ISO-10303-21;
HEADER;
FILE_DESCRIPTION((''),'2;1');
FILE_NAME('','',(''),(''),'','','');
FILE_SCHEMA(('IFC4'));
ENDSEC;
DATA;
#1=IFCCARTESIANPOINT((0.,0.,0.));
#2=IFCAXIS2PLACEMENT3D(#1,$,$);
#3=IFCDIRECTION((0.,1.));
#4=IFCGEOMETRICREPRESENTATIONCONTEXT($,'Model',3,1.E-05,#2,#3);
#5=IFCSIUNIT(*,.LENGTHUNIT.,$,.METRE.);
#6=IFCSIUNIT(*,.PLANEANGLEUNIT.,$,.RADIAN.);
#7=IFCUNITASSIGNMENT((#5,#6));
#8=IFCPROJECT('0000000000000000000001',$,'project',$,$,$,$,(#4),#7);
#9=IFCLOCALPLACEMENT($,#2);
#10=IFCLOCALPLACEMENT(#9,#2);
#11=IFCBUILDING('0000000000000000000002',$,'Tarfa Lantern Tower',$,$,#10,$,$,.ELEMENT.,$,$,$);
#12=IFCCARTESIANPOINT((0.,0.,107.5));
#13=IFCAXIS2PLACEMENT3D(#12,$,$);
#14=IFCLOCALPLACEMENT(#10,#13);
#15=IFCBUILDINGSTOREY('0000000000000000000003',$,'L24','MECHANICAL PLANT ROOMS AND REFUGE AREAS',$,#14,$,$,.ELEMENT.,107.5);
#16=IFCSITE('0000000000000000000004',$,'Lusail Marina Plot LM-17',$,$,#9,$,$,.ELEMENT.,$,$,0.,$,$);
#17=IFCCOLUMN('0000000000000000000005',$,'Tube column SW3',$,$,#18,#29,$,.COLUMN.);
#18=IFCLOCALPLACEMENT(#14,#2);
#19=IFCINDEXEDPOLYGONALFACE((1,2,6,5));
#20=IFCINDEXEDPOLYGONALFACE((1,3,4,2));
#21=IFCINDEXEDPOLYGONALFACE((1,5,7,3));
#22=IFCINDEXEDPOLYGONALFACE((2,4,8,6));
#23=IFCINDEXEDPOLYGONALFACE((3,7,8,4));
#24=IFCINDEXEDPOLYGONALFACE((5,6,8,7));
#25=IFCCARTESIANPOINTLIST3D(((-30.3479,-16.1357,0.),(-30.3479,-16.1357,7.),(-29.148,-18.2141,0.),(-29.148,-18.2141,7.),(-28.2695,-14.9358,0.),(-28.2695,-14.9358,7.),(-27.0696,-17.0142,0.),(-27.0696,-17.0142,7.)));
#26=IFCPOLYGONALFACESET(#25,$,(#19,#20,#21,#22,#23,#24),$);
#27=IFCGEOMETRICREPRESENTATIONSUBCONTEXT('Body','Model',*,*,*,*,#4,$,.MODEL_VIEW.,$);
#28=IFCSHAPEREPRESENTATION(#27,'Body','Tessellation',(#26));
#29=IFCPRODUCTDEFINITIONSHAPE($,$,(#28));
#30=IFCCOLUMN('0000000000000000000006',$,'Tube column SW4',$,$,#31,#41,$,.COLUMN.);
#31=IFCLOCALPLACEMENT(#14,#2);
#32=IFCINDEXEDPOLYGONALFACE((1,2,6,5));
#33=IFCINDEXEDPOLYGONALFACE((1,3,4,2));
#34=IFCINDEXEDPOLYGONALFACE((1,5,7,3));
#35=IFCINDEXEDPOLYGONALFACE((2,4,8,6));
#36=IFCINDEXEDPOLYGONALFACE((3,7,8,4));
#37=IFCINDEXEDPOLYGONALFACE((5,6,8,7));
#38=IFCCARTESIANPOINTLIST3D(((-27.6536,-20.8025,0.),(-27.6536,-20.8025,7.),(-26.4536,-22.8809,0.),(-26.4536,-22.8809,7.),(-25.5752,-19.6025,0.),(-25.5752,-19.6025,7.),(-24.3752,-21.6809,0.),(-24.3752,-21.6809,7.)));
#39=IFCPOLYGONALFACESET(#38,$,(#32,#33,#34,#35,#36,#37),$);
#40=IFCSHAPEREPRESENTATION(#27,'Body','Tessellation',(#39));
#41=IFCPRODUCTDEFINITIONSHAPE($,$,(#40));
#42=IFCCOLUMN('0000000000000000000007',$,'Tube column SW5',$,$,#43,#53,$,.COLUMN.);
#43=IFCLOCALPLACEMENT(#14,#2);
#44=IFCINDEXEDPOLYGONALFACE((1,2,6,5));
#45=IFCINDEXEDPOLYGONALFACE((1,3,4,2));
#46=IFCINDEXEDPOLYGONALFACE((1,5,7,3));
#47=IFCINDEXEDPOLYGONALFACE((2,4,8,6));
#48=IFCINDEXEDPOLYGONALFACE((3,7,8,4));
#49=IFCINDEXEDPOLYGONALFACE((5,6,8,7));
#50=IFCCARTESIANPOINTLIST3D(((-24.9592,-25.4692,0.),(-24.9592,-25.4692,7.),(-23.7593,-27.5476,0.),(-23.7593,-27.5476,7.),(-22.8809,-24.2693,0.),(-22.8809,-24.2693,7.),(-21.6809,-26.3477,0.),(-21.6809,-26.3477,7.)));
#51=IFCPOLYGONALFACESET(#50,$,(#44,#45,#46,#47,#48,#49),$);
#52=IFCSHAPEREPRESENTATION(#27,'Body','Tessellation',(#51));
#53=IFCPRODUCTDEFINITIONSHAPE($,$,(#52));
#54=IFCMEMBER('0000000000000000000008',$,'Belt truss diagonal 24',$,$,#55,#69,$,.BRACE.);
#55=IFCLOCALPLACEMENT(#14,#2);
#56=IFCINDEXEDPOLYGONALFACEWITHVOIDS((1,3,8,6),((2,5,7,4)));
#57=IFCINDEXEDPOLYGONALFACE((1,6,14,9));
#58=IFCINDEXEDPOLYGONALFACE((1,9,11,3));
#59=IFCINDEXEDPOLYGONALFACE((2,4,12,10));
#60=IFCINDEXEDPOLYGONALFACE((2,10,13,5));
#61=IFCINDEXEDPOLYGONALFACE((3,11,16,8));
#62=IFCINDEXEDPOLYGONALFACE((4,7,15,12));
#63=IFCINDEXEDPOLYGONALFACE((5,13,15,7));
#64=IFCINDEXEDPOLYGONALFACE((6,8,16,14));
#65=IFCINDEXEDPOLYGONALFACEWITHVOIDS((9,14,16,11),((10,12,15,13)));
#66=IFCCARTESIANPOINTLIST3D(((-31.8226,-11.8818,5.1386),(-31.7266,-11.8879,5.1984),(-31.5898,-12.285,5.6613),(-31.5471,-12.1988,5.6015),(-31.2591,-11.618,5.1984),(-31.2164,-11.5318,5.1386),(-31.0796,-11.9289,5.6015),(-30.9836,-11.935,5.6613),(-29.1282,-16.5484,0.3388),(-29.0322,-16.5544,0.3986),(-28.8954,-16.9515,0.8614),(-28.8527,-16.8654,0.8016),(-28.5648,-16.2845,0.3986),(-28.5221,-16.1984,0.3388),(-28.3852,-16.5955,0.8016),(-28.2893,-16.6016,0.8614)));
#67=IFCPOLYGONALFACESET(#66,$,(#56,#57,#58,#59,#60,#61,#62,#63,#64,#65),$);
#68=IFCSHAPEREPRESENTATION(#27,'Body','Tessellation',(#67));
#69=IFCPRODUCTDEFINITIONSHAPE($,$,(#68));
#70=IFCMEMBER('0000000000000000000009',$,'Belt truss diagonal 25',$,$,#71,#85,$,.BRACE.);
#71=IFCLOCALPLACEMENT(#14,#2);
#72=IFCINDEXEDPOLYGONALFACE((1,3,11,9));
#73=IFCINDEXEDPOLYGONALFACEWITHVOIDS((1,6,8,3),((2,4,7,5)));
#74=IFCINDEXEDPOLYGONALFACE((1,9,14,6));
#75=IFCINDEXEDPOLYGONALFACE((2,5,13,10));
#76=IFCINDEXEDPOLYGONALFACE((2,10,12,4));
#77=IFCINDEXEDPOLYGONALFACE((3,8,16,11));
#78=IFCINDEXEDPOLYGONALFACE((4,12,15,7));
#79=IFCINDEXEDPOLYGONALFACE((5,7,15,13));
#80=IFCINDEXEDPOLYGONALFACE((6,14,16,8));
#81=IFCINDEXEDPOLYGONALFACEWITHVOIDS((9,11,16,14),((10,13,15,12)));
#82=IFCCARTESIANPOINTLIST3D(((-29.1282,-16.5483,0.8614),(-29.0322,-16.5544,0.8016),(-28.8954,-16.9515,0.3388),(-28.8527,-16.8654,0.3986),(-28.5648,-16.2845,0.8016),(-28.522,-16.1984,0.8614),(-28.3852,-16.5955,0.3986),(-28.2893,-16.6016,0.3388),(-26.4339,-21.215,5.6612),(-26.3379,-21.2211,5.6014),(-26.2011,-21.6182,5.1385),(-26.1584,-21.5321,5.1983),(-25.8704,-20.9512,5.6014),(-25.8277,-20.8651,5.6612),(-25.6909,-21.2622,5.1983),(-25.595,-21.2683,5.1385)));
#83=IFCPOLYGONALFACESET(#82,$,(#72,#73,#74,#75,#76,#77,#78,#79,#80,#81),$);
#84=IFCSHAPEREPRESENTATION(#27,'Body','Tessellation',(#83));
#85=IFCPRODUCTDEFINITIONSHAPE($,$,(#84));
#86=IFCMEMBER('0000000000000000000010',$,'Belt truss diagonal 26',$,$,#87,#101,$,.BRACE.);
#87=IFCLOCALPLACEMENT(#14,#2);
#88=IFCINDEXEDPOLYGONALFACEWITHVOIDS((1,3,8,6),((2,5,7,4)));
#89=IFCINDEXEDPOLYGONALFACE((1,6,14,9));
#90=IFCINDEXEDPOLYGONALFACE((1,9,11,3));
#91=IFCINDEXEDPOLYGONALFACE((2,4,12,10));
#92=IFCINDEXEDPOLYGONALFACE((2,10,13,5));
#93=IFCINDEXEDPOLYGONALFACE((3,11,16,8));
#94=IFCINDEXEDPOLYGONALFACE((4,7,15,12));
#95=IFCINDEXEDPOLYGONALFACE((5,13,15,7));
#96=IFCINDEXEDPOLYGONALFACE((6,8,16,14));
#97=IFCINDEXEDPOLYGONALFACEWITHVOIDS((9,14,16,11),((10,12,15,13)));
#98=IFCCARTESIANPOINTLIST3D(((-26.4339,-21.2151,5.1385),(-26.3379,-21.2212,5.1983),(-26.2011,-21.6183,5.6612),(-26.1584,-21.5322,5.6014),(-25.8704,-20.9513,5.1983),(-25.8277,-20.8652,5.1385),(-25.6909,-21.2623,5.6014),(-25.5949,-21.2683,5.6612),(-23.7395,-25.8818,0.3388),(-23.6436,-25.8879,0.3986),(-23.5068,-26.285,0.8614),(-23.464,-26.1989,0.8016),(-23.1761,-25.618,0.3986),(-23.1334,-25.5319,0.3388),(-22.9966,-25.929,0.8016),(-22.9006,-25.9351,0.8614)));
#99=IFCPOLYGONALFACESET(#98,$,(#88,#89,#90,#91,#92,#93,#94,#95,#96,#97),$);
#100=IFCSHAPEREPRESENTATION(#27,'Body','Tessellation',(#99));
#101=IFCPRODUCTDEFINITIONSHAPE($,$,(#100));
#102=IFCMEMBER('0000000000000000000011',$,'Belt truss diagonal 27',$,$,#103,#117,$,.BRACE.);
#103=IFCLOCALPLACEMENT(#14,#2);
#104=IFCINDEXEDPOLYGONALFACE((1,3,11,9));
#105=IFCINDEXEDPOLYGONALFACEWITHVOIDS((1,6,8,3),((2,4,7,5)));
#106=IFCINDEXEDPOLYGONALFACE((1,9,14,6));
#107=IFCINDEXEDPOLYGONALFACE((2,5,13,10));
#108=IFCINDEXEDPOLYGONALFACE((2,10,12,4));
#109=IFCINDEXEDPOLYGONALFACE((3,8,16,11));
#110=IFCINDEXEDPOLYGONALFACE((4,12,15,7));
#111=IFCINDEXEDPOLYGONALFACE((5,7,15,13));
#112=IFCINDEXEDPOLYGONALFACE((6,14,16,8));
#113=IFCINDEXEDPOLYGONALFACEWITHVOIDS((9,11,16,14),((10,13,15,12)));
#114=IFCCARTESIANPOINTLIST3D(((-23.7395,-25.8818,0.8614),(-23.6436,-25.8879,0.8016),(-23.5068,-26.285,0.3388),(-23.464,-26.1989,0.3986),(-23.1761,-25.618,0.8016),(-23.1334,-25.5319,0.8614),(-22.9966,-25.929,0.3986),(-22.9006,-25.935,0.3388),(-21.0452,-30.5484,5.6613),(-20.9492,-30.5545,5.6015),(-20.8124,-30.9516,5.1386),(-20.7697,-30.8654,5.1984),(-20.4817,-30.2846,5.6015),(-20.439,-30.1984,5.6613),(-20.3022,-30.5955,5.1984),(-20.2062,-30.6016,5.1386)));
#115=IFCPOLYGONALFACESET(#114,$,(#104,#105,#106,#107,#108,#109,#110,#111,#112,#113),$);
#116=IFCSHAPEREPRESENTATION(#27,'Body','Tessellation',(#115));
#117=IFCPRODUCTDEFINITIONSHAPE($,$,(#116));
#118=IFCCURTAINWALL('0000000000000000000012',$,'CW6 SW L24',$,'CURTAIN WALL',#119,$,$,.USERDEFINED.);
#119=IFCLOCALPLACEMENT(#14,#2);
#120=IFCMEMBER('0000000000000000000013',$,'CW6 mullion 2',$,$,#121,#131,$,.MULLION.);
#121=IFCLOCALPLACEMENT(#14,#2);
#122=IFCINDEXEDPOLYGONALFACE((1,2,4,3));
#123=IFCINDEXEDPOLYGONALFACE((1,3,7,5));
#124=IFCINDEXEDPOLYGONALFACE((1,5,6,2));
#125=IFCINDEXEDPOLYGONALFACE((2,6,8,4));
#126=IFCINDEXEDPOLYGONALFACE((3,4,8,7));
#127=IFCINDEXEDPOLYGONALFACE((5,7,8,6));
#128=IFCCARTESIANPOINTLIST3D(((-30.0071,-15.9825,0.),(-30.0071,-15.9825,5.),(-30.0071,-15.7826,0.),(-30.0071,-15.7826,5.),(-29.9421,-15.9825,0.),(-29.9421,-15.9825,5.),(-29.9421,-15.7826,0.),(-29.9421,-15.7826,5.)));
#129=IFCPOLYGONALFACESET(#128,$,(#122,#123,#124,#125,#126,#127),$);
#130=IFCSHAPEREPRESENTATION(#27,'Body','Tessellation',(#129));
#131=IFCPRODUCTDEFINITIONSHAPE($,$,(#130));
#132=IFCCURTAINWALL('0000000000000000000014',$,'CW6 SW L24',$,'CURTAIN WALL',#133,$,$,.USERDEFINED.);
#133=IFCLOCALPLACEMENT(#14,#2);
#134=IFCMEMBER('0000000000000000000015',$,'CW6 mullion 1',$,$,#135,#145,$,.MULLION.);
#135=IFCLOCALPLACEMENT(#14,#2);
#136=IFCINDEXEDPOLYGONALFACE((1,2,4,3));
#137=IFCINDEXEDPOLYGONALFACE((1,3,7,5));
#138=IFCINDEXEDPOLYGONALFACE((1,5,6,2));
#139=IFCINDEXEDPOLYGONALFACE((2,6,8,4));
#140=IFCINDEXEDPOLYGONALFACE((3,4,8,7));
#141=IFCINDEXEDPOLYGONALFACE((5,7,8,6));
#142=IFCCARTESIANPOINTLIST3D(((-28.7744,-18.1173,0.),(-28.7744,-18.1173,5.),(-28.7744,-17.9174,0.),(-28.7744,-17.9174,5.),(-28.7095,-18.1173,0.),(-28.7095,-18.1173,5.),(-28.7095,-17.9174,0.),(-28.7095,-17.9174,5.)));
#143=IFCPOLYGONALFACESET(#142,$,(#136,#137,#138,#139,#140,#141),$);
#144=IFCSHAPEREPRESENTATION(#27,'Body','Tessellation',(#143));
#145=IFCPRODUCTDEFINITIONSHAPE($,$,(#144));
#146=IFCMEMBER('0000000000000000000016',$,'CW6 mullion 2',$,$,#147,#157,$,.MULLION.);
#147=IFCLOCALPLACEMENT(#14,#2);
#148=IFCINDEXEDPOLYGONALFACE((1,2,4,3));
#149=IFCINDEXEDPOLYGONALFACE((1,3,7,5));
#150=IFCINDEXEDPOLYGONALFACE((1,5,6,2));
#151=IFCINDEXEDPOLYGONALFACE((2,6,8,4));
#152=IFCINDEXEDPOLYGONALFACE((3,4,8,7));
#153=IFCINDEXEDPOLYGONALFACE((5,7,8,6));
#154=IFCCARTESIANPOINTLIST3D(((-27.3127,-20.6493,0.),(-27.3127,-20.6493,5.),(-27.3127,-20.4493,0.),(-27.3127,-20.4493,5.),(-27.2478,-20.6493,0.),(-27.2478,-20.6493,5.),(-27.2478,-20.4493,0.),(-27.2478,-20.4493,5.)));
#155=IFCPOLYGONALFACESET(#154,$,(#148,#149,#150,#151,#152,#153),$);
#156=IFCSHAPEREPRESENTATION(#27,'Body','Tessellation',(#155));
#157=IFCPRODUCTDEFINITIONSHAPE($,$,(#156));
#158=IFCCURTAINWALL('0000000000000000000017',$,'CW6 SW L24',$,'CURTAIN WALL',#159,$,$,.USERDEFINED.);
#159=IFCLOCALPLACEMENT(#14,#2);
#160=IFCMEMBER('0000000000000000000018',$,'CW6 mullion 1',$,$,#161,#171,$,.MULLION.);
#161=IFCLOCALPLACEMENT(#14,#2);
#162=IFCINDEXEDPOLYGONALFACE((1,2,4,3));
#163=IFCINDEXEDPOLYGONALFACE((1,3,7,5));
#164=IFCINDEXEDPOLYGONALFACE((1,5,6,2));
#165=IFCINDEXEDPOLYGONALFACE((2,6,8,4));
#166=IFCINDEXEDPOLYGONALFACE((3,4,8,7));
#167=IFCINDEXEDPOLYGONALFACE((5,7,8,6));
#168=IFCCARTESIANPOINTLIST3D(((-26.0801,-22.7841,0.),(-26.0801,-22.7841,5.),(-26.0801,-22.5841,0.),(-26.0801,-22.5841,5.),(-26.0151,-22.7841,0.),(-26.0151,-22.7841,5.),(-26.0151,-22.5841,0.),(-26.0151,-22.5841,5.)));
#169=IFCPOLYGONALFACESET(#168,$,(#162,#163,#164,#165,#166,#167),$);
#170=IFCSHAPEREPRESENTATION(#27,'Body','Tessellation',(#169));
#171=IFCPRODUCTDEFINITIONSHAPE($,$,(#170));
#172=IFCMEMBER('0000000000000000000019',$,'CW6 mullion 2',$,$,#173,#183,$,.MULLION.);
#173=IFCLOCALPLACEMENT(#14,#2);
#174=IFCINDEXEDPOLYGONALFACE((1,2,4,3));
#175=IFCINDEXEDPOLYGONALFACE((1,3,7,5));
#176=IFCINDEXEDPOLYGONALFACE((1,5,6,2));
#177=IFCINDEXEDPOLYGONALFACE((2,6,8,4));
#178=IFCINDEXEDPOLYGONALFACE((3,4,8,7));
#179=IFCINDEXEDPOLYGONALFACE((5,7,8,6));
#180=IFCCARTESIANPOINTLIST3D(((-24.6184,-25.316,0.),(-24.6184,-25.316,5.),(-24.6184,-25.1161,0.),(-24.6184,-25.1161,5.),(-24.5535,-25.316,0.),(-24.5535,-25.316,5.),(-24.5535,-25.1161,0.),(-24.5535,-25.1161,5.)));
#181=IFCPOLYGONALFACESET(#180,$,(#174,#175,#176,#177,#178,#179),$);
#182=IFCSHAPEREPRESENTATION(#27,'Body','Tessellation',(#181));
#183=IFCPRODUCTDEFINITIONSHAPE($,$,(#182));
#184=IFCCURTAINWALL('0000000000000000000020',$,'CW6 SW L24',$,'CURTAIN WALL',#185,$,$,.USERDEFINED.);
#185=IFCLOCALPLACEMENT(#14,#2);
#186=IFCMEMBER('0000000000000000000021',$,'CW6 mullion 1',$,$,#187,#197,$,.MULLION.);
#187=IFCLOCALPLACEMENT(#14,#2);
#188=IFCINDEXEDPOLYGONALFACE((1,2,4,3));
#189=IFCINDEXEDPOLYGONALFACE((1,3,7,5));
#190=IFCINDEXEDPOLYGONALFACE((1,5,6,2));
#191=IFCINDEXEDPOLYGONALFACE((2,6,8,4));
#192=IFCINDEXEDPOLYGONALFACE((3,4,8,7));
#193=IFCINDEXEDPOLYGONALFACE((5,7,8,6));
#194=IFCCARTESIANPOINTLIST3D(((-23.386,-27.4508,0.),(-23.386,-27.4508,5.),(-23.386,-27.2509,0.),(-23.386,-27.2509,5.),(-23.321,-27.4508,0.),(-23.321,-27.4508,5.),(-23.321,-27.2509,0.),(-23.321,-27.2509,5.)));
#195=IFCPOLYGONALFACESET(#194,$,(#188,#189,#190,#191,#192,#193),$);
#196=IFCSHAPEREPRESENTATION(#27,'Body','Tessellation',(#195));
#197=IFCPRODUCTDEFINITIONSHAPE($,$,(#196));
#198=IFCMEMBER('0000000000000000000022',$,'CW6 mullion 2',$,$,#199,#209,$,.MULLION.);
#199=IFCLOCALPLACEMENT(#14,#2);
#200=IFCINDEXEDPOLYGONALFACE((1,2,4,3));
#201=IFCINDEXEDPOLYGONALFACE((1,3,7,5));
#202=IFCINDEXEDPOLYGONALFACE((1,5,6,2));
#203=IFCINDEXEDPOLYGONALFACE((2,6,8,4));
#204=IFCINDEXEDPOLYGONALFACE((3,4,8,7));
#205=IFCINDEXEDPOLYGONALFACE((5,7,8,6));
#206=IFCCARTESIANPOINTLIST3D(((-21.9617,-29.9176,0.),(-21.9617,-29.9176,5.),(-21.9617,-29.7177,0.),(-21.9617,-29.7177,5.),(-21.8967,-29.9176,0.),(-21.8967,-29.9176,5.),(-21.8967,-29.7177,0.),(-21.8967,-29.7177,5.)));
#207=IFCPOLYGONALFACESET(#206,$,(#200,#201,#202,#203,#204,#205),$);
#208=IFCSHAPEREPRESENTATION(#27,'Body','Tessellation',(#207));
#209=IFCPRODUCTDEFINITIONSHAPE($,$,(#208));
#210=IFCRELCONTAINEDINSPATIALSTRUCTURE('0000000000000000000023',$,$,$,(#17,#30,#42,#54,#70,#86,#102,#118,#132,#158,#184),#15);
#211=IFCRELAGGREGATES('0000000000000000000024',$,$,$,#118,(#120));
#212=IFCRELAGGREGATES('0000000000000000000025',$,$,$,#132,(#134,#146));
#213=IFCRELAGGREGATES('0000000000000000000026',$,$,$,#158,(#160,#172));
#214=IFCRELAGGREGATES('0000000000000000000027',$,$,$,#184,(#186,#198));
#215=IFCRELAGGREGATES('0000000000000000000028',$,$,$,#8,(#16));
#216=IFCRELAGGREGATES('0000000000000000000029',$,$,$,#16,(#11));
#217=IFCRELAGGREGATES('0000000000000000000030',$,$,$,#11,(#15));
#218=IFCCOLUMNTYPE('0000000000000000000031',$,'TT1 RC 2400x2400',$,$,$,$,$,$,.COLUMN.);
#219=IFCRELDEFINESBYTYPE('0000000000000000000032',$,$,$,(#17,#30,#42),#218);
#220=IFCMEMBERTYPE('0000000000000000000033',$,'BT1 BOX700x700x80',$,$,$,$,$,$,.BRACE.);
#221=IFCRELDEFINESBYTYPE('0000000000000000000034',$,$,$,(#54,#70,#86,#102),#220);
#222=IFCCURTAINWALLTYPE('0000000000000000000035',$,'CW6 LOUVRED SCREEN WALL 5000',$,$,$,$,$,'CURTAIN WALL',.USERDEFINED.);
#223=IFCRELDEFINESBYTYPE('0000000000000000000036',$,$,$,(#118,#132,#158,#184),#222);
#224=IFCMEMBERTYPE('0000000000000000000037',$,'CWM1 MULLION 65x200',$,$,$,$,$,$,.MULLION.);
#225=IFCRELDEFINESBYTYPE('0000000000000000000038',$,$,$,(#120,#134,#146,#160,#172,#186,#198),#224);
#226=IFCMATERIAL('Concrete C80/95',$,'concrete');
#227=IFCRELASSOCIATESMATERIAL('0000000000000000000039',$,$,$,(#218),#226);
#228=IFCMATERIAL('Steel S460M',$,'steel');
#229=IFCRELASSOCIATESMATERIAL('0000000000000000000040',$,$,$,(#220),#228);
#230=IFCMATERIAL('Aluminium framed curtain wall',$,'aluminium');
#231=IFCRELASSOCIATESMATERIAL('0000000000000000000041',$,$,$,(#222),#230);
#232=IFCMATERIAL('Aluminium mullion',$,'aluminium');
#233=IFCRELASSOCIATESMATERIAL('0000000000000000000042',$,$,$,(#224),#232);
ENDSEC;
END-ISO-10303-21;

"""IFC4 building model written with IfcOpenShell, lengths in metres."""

from ifc_helpers import new_model, si_unit, direction, frame, origin, origin_2d, place, context, subcontext, project, spatial, rectangle, hollow_rectangle, extrude, material, material_profile, profile_set, type_object, element, aggregate, save


model = new_model("IFC4")

# Units and contexts
model_context = context("Model", 3, precision=1e-05, world=origin(), true_north=direction((0.0, 1.0)))
body_context = subcontext(model_context, "Body", "Model", "MODEL_VIEW")
ifc_project = project(units=[si_unit("LENGTHUNIT", "METRE"), si_unit("PLANEANGLEUNIT", "RADIAN")], contexts=[model_context])

# Site, building, storey
site_placement = place(None, origin())
site = spatial("IfcSite", under=ifc_project, at=site_placement, Name="Lusail Marina Plot LM-17", CompositionType="ELEMENT", RefElevation=0.0)
building_placement = place(site_placement, origin())
building = spatial("IfcBuilding", under=site, at=building_placement, Name="Tarfa Lantern Tower", CompositionType="ELEMENT")
storey_placement = place(building_placement, frame((0.0, 0.0, 107.5)))
storey = spatial("IfcBuildingStorey", under=building, at=storey_placement, Name="L24", Description="MECHANICAL PLANT ROOMS AND REFUGE AREAS", CompositionType="ELEMENT", Elevation=107.5)

# Columns
ifc_material_1 = material(Name="Concrete C80/95", Category="concrete")
ifc_material_profile_1 = material_profile(ifc_material_1, rectangle(XDim=2.3999, YDim=2.3999, at=origin_2d()), Name="RC 2400x2400")
ifc_profile_set_1 = profile_set([ifc_material_profile_1], Name="Concrete C80/95")
column_type = type_object("IfcColumnType", Name="TT1 RC 2400x2400", PredefinedType="COLUMN", material=ifc_profile_set_1)
for number, where, z_axis, x_axis, name in (
    (1, (-28.7087, -16.575, 0.0), (0.0, 0.0, 1.0), (0.5, -0.866025, 0.0), "Tube column SW3"),
    (2, (-26.0144, -21.2417, 0.0), (0.0, 0.0, 1.0), (0.5, -0.866025, 0.0), "Tube column SW4"),
    (3, (-23.3201, -25.9084, 0.0), (0.0, 0.0, 1.0), (0.5, -0.866025, 0.0), "Tube column SW5"),
):
    element("IfcColumn", number, at=place(storey_placement, frame(where, z_axis=z_axis, x_axis=x_axis)), inside=storey, type_object=column_type, Name=name, PredefinedType="COLUMN", context=body_context, shape_type="SweptSolid", body=[
        extrude(rectangle(XDim=2.3999, YDim=2.3999, at=origin_2d()), origin(), (0.0, 0.0, 1.0), 7.0),
    ])

# Members
ifc_material_2 = material(Name="Steel S460M", Category="steel")
ifc_material_profile_2 = material_profile(ifc_material_2, hollow_rectangle(XDim=0.7, YDim=0.7, WallThickness=0.0801, at=origin_2d()), Name="BOX700x700x80")
ifc_profile_set_2 = profile_set([ifc_material_profile_2], Name="Steel S460M")
member_type_1 = type_object("IfcMemberType", Name="BT1 BOX700x700x80", PredefinedType="BRACE", material=ifc_profile_set_2)
for number, where, z_axis, x_axis, name in (
    (4, (-28.7087, -16.575, 0.6001), (-0.373372, 0.646669, 0.665141), (-0.866015, -0.500018, 0.0), "Belt truss diagonal 24"),
    (5, (-28.7087, -16.575, 0.6001), (0.373364, -0.646688, 0.665127), (0.866026, 0.499998, 0.0), "Belt truss diagonal 25"),
    (6, (-23.3201, -25.9084, 0.6001), (-0.373364, 0.646688, 0.665127), (-0.866026, -0.499998, 0.0), "Belt truss diagonal 26"),
    (7, (-23.3201, -25.9084, 0.6001), (0.373372, -0.646669, 0.665141), (0.866015, 0.500018, 0.0), "Belt truss diagonal 27"),
):
    element("IfcMember", number, at=place(storey_placement, frame(where, z_axis=z_axis, x_axis=x_axis)), inside=storey, type_object=member_type_1, Name=name, PredefinedType="BRACE", context=body_context, shape_type="SweptSolid", body=[
        extrude(hollow_rectangle(XDim=0.7, YDim=0.7, WallThickness=0.0801, at=origin_2d()), origin(), (0.0, 0.0, 1.0), 7.2163),
    ])

# Curtain wall, member
ifc_material_3 = material(Name="Aluminium framed curtain wall", Category="aluminium")
curtain_wall_type = type_object("IfcCurtainWallType", Name="CW6 LOUVRED SCREEN WALL 5000", ElementType="CURTAIN WALL", PredefinedType="USERDEFINED", material=ifc_material_3)
curtain_wall_1_placement = place(storey_placement, origin())
curtain_wall_1 = element("IfcCurtainWall", 8, at=curtain_wall_1_placement, inside=storey, type_object=curtain_wall_type, Name="CW6 SW L24", ObjectType="CURTAIN WALL", PredefinedType="USERDEFINED")
ifc_material_4 = material(Name="Aluminium mullion", Category="aluminium")
ifc_material_profile_3 = material_profile(ifc_material_4, rectangle(XDim=0.0649, YDim=0.2, at=origin_2d()), Name="AL MULLION 65x200")
ifc_profile_set_3 = profile_set([ifc_material_profile_3], Name="Aluminium mullion")
member_type_2 = type_object("IfcMemberType", Name="CWM1 MULLION 65x200", PredefinedType="MULLION", material=ifc_profile_set_3)
member_1_placement = place(storey_placement, frame((-29.9746, -15.8826, 0.0), z_axis=(0.0, 0.0, 1.0), x_axis=(1.0, 0.0, 0.0)))
member_1 = element("IfcMember", 9, at=member_1_placement, type_object=member_type_2, Name="CW6 mullion 2", PredefinedType="MULLION", context=body_context, shape_type="SweptSolid", body=[
    extrude(rectangle(XDim=0.0649, YDim=0.2, at=origin_2d()), origin(), (0.0, 0.0, 1.0), 5.0),
])
aggregate(curtain_wall_1, [member_1])

# Curtain walls, members
curtain_wall_2_placement = place(storey_placement, origin())
curtain_wall_2 = element("IfcCurtainWall", 10, at=curtain_wall_2_placement, inside=storey, type_object=curtain_wall_type, Name="CW6 SW L24", ObjectType="CURTAIN WALL", PredefinedType="USERDEFINED")
member_2_placement = place(storey_placement, frame((-28.7419, -18.0173, 0.0), z_axis=(0.0, 0.0, 1.0), x_axis=(1.0, 0.0, 0.0)))
member_2 = element("IfcMember", 11, at=member_2_placement, type_object=member_type_2, Name="CW6 mullion 1", PredefinedType="MULLION", context=body_context, shape_type="SweptSolid", body=[
    extrude(rectangle(XDim=0.0649, YDim=0.2, at=origin_2d()), origin(), (0.0, 0.0, 1.0), 5.0),
])
member_3_placement = place(storey_placement, frame((-27.2803, -20.5493, 0.0), z_axis=(0.0, 0.0, 1.0), x_axis=(1.0, 0.0, 0.0)))
member_3 = element("IfcMember", 12, at=member_3_placement, type_object=member_type_2, Name="CW6 mullion 2", PredefinedType="MULLION", context=body_context, shape_type="SweptSolid", body=[
    extrude(rectangle(XDim=0.0649, YDim=0.2, at=origin_2d()), origin(), (0.0, 0.0, 1.0), 5.0),
])
curtain_wall_3_placement = place(storey_placement, origin())
curtain_wall_3 = element("IfcCurtainWall", 13, at=curtain_wall_3_placement, inside=storey, type_object=curtain_wall_type, Name="CW6 SW L24", ObjectType="CURTAIN WALL", PredefinedType="USERDEFINED")
member_4_placement = place(storey_placement, frame((-26.0476, -22.6841, 0.0), z_axis=(0.0, 0.0, 1.0), x_axis=(1.0, 0.0, 0.0)))
member_4 = element("IfcMember", 14, at=member_4_placement, type_object=member_type_2, Name="CW6 mullion 1", PredefinedType="MULLION", context=body_context, shape_type="SweptSolid", body=[
    extrude(rectangle(XDim=0.0649, YDim=0.2, at=origin_2d()), origin(), (0.0, 0.0, 1.0), 5.0),
])
member_5_placement = place(storey_placement, frame((-24.5859, -25.2161, 0.0), z_axis=(0.0, 0.0, 1.0), x_axis=(1.0, 0.0, 0.0)))
member_5 = element("IfcMember", 15, at=member_5_placement, type_object=member_type_2, Name="CW6 mullion 2", PredefinedType="MULLION", context=body_context, shape_type="SweptSolid", body=[
    extrude(rectangle(XDim=0.0649, YDim=0.2, at=origin_2d()), origin(), (0.0, 0.0, 1.0), 5.0),
])
curtain_wall_4_placement = place(storey_placement, origin())
curtain_wall_4 = element("IfcCurtainWall", 16, at=curtain_wall_4_placement, inside=storey, type_object=curtain_wall_type, Name="CW6 SW L24", ObjectType="CURTAIN WALL", PredefinedType="USERDEFINED")
member_6_placement = place(storey_placement, frame((-23.3535, -27.3508, 0.0), z_axis=(0.0, 0.0, 1.0), x_axis=(1.0, 0.0, 0.0)))
member_6 = element("IfcMember", 17, at=member_6_placement, type_object=member_type_2, Name="CW6 mullion 1", PredefinedType="MULLION", context=body_context, shape_type="SweptSolid", body=[
    extrude(rectangle(XDim=0.0649, YDim=0.2, at=origin_2d()), origin(), (0.0, 0.0, 1.0), 5.0),
])
member_7_placement = place(storey_placement, frame((-21.9292, -29.8176, 0.0), z_axis=(0.0, 0.0, 1.0), x_axis=(1.0, 0.0, 0.0)))
member_7 = element("IfcMember", 18, at=member_7_placement, type_object=member_type_2, Name="CW6 mullion 2", PredefinedType="MULLION", context=body_context, shape_type="SweptSolid", body=[
    extrude(rectangle(XDim=0.0649, YDim=0.2, at=origin_2d()), origin(), (0.0, 0.0, 1.0), 5.0),
])

aggregate(curtain_wall_2, [member_2, member_3])
aggregate(curtain_wall_3, [member_4, member_5])
aggregate(curtain_wall_4, [member_6, member_7])

save(model, "model.ifc")
